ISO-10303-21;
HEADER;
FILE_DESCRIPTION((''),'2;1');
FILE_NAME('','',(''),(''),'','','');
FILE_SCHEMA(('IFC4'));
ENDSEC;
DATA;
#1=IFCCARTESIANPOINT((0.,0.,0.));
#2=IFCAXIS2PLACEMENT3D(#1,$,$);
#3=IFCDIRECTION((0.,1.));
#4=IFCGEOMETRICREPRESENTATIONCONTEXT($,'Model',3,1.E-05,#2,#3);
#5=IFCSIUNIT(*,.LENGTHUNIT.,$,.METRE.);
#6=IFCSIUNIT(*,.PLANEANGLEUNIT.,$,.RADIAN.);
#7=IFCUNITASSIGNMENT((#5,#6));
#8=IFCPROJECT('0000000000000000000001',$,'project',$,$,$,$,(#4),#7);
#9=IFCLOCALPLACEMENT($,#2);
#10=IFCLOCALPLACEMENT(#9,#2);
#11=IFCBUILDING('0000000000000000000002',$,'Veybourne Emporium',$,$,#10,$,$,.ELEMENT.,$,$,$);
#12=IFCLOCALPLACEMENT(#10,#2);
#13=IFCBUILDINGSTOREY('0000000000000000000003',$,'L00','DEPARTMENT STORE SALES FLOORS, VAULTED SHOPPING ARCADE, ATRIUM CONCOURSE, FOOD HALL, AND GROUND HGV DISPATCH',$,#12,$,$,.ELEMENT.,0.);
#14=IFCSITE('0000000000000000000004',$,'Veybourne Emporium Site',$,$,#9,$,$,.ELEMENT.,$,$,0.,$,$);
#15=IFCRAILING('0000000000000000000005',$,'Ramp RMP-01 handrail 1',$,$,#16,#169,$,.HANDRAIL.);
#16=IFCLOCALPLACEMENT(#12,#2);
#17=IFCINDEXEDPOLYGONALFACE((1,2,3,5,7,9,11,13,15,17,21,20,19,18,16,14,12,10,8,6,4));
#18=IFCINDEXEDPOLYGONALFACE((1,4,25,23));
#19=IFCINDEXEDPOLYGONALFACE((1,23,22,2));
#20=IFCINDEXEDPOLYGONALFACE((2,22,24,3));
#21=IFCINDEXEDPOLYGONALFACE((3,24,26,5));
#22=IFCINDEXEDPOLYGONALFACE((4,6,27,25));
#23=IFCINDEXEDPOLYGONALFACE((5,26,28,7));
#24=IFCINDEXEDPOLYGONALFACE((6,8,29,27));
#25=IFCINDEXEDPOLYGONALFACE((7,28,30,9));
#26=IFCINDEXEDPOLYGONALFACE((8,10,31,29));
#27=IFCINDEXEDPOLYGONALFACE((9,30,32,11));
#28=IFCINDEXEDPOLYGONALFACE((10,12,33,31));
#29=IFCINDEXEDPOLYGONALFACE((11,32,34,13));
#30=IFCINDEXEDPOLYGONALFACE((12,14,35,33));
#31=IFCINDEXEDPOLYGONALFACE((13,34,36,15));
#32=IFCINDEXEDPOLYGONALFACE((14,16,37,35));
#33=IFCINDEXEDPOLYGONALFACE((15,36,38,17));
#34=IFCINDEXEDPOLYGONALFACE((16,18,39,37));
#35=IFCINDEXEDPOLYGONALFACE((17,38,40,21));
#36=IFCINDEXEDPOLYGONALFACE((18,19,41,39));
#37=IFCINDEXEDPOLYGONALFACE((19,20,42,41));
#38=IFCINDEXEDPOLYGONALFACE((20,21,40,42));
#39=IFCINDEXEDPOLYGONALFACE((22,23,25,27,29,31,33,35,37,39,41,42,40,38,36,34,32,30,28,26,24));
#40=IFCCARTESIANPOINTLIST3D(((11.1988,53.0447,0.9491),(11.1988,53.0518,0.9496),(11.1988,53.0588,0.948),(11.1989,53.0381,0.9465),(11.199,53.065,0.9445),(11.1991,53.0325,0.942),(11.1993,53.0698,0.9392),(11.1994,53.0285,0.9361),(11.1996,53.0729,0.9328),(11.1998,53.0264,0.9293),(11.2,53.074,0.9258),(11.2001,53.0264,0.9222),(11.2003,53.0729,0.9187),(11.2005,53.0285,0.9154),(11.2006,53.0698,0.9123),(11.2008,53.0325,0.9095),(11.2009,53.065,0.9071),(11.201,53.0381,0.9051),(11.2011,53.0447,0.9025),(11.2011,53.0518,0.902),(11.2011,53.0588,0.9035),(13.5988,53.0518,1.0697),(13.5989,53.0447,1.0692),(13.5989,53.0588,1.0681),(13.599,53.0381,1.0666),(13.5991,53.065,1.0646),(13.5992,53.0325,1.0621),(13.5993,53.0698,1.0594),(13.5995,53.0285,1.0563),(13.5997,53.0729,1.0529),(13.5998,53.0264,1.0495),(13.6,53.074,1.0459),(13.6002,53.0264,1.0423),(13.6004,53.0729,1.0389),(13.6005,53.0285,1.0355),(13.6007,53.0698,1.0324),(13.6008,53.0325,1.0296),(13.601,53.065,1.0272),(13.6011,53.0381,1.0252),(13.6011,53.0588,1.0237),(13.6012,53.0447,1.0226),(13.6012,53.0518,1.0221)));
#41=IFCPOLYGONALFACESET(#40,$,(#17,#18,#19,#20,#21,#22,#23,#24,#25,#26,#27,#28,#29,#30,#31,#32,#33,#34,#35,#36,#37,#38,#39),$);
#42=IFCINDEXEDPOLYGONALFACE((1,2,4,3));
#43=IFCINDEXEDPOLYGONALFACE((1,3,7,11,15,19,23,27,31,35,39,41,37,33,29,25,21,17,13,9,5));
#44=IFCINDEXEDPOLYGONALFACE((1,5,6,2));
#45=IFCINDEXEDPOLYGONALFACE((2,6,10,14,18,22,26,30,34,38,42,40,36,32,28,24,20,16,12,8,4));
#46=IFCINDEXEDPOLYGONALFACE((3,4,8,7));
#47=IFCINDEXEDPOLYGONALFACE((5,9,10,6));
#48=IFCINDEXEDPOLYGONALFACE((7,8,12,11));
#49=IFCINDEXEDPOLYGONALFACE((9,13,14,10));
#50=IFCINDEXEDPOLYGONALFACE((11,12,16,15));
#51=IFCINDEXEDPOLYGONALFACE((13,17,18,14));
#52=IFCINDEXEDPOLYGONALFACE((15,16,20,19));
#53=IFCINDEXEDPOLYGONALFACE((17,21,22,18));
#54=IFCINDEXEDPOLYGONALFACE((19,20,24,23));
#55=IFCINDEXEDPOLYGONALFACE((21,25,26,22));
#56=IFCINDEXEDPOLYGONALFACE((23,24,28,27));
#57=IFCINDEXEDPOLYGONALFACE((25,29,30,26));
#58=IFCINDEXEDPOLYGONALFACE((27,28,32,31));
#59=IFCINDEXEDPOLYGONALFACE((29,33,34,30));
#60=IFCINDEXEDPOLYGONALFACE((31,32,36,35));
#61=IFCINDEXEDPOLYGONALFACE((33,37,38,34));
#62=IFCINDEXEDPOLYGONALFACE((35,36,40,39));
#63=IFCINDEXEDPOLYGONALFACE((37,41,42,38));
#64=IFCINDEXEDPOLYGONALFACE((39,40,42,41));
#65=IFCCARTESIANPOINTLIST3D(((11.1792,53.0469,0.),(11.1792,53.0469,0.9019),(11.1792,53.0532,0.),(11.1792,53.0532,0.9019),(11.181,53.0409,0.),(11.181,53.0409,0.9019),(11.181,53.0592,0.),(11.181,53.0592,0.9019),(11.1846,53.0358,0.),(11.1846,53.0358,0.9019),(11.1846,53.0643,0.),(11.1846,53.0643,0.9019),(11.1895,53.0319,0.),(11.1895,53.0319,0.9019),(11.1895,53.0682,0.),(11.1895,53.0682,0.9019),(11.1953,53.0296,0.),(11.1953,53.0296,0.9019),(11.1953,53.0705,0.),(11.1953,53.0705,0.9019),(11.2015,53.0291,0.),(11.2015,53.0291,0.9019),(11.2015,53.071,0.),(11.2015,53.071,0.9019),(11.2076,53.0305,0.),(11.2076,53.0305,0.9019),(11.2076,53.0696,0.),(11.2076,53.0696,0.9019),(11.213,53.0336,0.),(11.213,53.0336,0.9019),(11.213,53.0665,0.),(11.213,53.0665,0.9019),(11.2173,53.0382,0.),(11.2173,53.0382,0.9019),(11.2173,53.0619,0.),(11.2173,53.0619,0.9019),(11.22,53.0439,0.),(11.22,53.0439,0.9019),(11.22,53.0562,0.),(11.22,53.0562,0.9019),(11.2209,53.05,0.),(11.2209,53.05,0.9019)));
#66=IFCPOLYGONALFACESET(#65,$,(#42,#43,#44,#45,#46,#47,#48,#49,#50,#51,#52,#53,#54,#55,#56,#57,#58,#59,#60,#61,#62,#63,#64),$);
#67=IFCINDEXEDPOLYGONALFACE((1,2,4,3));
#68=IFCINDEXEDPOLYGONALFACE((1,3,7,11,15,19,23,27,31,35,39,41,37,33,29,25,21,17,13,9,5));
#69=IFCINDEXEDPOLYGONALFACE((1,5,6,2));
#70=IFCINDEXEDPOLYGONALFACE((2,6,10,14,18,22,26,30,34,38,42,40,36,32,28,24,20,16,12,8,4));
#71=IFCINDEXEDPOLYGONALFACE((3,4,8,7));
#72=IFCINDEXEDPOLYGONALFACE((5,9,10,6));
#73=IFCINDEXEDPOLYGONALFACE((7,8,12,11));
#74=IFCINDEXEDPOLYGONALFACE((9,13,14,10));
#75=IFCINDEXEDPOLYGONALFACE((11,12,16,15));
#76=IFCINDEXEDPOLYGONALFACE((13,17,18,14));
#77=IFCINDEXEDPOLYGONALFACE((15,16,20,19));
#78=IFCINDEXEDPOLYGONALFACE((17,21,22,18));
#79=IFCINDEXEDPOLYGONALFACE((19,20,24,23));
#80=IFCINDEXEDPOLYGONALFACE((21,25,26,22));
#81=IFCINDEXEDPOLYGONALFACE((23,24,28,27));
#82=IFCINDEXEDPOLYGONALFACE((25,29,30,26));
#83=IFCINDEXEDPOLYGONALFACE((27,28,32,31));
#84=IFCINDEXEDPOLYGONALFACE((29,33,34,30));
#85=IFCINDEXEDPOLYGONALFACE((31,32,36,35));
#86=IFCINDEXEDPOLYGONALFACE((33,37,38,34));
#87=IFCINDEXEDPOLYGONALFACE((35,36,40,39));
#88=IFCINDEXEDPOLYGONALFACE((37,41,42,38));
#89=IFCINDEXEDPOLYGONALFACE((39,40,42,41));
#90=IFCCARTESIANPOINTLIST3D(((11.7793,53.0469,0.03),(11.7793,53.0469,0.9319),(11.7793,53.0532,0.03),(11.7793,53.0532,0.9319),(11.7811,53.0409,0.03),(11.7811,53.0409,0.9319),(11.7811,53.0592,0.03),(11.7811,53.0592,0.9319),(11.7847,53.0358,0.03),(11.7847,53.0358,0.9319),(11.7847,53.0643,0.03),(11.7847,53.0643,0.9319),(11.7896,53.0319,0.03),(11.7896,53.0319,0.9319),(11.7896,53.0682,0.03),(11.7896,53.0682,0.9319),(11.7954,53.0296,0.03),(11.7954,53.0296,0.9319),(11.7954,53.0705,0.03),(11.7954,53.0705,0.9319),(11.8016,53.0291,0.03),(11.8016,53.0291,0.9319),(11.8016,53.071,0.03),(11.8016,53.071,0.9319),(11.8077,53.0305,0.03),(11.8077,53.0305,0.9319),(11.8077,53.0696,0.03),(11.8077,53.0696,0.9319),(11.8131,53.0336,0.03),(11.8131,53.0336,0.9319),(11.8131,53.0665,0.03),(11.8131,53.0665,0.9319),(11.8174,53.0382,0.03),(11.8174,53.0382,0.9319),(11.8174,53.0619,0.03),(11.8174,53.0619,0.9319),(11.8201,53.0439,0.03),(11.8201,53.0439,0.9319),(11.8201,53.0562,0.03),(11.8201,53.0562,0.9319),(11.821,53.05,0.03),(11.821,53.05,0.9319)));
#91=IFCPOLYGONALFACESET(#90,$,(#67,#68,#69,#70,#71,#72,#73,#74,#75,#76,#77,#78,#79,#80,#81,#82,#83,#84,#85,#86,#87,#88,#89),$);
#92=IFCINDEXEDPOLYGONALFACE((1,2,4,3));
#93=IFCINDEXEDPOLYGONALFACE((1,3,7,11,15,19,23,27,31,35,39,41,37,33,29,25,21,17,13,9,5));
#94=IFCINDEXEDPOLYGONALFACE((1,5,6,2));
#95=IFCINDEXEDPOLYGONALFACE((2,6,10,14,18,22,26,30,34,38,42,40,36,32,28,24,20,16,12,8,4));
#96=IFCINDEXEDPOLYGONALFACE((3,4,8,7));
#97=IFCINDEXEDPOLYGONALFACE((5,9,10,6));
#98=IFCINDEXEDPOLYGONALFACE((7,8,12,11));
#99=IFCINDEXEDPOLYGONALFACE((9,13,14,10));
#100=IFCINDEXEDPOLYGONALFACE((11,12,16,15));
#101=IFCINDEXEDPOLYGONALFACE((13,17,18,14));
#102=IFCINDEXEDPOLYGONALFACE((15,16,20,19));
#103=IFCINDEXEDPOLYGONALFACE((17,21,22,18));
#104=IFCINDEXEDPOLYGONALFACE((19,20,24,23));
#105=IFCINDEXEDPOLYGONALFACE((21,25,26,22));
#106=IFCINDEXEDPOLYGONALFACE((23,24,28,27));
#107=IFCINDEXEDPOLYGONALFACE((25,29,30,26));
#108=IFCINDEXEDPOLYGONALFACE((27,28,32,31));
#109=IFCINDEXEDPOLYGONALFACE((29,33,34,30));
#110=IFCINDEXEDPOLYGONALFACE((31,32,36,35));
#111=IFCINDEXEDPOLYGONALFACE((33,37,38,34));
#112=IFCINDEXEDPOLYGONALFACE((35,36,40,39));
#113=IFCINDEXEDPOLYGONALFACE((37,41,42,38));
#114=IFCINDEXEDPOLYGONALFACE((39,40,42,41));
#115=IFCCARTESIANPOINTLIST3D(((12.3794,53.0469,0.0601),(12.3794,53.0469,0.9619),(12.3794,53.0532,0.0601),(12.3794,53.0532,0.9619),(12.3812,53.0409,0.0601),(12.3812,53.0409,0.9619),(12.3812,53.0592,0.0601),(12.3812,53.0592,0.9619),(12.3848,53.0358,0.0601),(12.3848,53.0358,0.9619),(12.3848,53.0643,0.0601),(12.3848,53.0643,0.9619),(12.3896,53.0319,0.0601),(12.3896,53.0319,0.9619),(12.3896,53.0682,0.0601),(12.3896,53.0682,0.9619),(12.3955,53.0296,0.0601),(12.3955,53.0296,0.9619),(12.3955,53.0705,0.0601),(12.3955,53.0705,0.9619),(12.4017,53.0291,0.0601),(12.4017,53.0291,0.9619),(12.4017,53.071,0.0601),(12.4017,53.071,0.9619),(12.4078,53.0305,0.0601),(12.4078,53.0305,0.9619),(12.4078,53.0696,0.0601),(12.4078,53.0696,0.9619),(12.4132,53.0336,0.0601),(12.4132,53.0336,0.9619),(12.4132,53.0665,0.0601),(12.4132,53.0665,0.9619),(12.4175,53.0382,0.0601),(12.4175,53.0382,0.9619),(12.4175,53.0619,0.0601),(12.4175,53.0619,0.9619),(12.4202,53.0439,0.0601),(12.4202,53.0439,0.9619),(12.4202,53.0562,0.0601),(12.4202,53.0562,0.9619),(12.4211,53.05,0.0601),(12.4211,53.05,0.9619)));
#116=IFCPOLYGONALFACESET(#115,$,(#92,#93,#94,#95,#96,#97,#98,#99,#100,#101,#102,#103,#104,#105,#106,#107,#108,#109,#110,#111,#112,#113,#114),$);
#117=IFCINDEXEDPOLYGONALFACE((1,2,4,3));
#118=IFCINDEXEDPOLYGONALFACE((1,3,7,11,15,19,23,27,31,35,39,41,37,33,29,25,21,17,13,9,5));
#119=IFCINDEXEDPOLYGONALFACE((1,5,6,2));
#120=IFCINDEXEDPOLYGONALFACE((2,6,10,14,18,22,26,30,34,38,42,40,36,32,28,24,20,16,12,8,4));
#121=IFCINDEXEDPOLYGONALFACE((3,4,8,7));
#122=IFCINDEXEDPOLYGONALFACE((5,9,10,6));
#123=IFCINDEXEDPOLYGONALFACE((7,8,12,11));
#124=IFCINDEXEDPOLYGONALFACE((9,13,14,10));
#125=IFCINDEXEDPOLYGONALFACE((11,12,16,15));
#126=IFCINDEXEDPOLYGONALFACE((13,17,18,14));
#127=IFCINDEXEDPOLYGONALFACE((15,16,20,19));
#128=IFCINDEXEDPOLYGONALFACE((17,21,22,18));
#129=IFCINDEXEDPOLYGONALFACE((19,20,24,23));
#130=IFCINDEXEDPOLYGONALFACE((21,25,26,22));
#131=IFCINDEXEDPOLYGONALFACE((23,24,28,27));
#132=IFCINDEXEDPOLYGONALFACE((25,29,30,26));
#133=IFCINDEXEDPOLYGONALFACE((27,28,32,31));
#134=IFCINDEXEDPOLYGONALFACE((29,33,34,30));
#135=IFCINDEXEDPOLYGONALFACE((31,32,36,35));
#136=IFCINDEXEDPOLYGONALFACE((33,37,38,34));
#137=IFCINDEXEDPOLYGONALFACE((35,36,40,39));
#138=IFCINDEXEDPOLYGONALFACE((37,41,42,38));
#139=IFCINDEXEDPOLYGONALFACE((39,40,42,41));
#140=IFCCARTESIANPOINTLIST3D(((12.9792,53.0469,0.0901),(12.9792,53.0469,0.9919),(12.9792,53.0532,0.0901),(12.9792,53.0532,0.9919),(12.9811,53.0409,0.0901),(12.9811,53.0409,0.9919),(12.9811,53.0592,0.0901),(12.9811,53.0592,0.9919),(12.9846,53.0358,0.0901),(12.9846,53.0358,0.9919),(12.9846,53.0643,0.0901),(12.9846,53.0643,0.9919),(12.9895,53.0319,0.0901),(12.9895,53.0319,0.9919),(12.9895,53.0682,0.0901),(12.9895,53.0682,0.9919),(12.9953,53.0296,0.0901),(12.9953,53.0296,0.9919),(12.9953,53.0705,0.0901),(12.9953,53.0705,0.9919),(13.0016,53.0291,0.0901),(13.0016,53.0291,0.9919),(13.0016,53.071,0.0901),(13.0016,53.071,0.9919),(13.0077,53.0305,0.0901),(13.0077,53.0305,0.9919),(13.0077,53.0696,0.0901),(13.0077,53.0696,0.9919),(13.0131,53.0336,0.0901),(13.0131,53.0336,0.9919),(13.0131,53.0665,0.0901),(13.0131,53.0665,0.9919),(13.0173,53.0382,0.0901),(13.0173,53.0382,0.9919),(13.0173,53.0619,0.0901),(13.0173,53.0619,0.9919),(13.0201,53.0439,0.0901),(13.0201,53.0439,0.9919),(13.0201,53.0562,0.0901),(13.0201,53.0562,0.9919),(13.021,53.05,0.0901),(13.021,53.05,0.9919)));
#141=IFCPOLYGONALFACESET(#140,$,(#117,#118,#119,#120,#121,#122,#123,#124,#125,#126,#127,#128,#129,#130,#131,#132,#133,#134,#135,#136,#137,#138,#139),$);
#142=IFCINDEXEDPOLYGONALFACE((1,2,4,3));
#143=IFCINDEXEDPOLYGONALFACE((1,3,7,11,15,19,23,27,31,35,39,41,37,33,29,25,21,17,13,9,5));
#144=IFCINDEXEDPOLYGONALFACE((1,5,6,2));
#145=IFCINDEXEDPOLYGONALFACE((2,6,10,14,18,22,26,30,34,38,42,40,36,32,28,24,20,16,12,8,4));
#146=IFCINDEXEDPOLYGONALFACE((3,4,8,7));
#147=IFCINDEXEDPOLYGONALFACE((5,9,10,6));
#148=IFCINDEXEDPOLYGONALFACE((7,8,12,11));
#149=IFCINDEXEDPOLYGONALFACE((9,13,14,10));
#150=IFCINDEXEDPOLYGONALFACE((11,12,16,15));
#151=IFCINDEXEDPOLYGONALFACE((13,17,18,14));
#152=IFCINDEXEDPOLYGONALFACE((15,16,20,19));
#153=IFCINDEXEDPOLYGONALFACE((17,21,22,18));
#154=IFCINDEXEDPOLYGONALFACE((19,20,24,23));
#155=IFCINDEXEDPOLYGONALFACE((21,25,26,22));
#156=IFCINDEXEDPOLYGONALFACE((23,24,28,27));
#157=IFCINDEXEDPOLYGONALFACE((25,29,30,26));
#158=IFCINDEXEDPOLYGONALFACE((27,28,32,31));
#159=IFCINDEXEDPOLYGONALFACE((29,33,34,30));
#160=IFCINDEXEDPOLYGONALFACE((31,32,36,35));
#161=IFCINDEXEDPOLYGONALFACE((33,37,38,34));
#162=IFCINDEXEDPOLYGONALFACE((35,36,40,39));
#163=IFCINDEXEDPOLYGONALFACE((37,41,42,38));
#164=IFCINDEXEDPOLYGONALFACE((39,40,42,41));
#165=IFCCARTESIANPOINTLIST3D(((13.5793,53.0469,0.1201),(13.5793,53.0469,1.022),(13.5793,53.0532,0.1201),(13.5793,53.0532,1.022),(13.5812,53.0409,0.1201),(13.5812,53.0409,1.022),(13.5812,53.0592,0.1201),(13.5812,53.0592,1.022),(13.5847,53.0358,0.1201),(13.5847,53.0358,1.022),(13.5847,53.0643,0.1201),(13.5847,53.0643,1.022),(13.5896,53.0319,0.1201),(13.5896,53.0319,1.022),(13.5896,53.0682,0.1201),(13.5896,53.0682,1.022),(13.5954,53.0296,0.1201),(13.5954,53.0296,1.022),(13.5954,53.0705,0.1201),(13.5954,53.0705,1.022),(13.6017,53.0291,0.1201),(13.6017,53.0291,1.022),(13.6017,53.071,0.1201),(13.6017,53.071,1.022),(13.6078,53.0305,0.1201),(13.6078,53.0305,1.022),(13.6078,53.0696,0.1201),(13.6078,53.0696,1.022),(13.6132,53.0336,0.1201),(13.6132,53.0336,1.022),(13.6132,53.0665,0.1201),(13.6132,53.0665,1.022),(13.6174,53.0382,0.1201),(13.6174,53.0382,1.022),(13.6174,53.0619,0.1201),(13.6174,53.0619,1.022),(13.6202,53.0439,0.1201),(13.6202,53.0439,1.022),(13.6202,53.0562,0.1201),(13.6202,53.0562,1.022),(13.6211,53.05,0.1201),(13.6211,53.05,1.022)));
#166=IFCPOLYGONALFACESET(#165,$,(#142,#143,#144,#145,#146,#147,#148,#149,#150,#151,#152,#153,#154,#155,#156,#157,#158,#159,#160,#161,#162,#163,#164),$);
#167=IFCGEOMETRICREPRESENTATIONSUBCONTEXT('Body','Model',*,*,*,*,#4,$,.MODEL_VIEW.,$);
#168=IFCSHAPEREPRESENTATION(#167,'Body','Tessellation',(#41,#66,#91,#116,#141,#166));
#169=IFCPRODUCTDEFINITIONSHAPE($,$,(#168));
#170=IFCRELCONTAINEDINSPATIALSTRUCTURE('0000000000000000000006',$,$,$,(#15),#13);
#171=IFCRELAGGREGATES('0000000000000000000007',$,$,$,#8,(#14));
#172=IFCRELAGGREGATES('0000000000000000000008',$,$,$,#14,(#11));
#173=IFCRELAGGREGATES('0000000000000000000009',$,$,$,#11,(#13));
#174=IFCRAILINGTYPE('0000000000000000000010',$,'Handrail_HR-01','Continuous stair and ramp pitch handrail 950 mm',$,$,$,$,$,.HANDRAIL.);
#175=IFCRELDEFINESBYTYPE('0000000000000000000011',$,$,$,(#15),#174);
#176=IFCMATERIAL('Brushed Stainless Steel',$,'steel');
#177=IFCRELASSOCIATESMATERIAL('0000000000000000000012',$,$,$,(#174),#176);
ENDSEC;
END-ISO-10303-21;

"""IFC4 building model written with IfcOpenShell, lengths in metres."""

from ifc_helpers import new_model, si_unit, direction, frame, origin, origin_2d, place, context, subcontext, project, spatial, circle, extrude, material, type_object, element, save


model = new_model("IFC4")

# Units and contexts
model_context = context("Model", 3, precision=1e-05, world=origin(), true_north=direction((0.0, 1.0)))
body_context = subcontext(model_context, "Body", "Model", "MODEL_VIEW")
ifc_project = project(units=[si_unit("LENGTHUNIT", "METRE"), si_unit("PLANEANGLEUNIT", "RADIAN")], contexts=[model_context])

# Site, building, storey
site_placement = place(None, origin())
site = spatial("IfcSite", under=ifc_project, at=site_placement, Name="Veybourne Emporium Site", CompositionType="ELEMENT", RefElevation=0.0)
building_placement = place(site_placement, origin())
building = spatial("IfcBuilding", under=site, at=building_placement, Name="Veybourne Emporium", CompositionType="ELEMENT")
storey_placement = place(building_placement, origin())
storey = spatial("IfcBuildingStorey", under=building, at=storey_placement, Name="L00", Description="DEPARTMENT STORE SALES FLOORS, VAULTED SHOPPING ARCADE, ATRIUM CONCOURSE, FOOD HALL, AND GROUND HGV DISPATCH", CompositionType="ELEMENT", Elevation=0.0)

# Railing
ifc_material_1 = material(Name="Brushed Stainless Steel", Category="steel")
railing_type = type_object("IfcRailingType", Name="Handrail_HR-01", Description="Continuous stair and ramp pitch handrail 950 mm", PredefinedType="HANDRAIL", material=ifc_material_1)
for number, where, name in (
    (1, (11.2, 53.05, 0.0), "Ramp RMP-01 handrail 1"),
):
    element("IfcRailing", number, at=place(storey_placement, frame(where)), inside=storey, type_object=railing_type, Name=name, PredefinedType="HANDRAIL", context=body_context, shape_type="SweptSolid", body=[
        extrude(circle(Radius=0.0239, at=origin_2d()), frame((0.0, 0.0, 0.9258), z_axis=(0.99875, 0.0, 0.049983), x_axis=(0.0, 1.0, 0.0)), (0.0, 0.0, 1.0), 2.4031),
        extrude(circle(Radius=0.021, at=origin_2d()), origin(), (0.0, 0.0, 1.0), 0.9019),
        extrude(circle(Radius=0.021, at=origin_2d()), frame((0.6001, 0.0, 0.03)), (0.0, 0.0, 1.0), 0.9019),
        extrude(circle(Radius=0.021, at=origin_2d()), frame((1.2002, 0.0, 0.0601)), (0.0, 0.0, 1.0), 0.9019),
        extrude(circle(Radius=0.021, at=origin_2d()), frame((1.8, 0.0, 0.0901)), (0.0, 0.0, 1.0), 0.9019),
        extrude(circle(Radius=0.021, at=origin_2d()), frame((2.4001, 0.0, 0.1201)), (0.0, 0.0, 1.0), 0.9019),
    ])

save(model, "model.ifc")
